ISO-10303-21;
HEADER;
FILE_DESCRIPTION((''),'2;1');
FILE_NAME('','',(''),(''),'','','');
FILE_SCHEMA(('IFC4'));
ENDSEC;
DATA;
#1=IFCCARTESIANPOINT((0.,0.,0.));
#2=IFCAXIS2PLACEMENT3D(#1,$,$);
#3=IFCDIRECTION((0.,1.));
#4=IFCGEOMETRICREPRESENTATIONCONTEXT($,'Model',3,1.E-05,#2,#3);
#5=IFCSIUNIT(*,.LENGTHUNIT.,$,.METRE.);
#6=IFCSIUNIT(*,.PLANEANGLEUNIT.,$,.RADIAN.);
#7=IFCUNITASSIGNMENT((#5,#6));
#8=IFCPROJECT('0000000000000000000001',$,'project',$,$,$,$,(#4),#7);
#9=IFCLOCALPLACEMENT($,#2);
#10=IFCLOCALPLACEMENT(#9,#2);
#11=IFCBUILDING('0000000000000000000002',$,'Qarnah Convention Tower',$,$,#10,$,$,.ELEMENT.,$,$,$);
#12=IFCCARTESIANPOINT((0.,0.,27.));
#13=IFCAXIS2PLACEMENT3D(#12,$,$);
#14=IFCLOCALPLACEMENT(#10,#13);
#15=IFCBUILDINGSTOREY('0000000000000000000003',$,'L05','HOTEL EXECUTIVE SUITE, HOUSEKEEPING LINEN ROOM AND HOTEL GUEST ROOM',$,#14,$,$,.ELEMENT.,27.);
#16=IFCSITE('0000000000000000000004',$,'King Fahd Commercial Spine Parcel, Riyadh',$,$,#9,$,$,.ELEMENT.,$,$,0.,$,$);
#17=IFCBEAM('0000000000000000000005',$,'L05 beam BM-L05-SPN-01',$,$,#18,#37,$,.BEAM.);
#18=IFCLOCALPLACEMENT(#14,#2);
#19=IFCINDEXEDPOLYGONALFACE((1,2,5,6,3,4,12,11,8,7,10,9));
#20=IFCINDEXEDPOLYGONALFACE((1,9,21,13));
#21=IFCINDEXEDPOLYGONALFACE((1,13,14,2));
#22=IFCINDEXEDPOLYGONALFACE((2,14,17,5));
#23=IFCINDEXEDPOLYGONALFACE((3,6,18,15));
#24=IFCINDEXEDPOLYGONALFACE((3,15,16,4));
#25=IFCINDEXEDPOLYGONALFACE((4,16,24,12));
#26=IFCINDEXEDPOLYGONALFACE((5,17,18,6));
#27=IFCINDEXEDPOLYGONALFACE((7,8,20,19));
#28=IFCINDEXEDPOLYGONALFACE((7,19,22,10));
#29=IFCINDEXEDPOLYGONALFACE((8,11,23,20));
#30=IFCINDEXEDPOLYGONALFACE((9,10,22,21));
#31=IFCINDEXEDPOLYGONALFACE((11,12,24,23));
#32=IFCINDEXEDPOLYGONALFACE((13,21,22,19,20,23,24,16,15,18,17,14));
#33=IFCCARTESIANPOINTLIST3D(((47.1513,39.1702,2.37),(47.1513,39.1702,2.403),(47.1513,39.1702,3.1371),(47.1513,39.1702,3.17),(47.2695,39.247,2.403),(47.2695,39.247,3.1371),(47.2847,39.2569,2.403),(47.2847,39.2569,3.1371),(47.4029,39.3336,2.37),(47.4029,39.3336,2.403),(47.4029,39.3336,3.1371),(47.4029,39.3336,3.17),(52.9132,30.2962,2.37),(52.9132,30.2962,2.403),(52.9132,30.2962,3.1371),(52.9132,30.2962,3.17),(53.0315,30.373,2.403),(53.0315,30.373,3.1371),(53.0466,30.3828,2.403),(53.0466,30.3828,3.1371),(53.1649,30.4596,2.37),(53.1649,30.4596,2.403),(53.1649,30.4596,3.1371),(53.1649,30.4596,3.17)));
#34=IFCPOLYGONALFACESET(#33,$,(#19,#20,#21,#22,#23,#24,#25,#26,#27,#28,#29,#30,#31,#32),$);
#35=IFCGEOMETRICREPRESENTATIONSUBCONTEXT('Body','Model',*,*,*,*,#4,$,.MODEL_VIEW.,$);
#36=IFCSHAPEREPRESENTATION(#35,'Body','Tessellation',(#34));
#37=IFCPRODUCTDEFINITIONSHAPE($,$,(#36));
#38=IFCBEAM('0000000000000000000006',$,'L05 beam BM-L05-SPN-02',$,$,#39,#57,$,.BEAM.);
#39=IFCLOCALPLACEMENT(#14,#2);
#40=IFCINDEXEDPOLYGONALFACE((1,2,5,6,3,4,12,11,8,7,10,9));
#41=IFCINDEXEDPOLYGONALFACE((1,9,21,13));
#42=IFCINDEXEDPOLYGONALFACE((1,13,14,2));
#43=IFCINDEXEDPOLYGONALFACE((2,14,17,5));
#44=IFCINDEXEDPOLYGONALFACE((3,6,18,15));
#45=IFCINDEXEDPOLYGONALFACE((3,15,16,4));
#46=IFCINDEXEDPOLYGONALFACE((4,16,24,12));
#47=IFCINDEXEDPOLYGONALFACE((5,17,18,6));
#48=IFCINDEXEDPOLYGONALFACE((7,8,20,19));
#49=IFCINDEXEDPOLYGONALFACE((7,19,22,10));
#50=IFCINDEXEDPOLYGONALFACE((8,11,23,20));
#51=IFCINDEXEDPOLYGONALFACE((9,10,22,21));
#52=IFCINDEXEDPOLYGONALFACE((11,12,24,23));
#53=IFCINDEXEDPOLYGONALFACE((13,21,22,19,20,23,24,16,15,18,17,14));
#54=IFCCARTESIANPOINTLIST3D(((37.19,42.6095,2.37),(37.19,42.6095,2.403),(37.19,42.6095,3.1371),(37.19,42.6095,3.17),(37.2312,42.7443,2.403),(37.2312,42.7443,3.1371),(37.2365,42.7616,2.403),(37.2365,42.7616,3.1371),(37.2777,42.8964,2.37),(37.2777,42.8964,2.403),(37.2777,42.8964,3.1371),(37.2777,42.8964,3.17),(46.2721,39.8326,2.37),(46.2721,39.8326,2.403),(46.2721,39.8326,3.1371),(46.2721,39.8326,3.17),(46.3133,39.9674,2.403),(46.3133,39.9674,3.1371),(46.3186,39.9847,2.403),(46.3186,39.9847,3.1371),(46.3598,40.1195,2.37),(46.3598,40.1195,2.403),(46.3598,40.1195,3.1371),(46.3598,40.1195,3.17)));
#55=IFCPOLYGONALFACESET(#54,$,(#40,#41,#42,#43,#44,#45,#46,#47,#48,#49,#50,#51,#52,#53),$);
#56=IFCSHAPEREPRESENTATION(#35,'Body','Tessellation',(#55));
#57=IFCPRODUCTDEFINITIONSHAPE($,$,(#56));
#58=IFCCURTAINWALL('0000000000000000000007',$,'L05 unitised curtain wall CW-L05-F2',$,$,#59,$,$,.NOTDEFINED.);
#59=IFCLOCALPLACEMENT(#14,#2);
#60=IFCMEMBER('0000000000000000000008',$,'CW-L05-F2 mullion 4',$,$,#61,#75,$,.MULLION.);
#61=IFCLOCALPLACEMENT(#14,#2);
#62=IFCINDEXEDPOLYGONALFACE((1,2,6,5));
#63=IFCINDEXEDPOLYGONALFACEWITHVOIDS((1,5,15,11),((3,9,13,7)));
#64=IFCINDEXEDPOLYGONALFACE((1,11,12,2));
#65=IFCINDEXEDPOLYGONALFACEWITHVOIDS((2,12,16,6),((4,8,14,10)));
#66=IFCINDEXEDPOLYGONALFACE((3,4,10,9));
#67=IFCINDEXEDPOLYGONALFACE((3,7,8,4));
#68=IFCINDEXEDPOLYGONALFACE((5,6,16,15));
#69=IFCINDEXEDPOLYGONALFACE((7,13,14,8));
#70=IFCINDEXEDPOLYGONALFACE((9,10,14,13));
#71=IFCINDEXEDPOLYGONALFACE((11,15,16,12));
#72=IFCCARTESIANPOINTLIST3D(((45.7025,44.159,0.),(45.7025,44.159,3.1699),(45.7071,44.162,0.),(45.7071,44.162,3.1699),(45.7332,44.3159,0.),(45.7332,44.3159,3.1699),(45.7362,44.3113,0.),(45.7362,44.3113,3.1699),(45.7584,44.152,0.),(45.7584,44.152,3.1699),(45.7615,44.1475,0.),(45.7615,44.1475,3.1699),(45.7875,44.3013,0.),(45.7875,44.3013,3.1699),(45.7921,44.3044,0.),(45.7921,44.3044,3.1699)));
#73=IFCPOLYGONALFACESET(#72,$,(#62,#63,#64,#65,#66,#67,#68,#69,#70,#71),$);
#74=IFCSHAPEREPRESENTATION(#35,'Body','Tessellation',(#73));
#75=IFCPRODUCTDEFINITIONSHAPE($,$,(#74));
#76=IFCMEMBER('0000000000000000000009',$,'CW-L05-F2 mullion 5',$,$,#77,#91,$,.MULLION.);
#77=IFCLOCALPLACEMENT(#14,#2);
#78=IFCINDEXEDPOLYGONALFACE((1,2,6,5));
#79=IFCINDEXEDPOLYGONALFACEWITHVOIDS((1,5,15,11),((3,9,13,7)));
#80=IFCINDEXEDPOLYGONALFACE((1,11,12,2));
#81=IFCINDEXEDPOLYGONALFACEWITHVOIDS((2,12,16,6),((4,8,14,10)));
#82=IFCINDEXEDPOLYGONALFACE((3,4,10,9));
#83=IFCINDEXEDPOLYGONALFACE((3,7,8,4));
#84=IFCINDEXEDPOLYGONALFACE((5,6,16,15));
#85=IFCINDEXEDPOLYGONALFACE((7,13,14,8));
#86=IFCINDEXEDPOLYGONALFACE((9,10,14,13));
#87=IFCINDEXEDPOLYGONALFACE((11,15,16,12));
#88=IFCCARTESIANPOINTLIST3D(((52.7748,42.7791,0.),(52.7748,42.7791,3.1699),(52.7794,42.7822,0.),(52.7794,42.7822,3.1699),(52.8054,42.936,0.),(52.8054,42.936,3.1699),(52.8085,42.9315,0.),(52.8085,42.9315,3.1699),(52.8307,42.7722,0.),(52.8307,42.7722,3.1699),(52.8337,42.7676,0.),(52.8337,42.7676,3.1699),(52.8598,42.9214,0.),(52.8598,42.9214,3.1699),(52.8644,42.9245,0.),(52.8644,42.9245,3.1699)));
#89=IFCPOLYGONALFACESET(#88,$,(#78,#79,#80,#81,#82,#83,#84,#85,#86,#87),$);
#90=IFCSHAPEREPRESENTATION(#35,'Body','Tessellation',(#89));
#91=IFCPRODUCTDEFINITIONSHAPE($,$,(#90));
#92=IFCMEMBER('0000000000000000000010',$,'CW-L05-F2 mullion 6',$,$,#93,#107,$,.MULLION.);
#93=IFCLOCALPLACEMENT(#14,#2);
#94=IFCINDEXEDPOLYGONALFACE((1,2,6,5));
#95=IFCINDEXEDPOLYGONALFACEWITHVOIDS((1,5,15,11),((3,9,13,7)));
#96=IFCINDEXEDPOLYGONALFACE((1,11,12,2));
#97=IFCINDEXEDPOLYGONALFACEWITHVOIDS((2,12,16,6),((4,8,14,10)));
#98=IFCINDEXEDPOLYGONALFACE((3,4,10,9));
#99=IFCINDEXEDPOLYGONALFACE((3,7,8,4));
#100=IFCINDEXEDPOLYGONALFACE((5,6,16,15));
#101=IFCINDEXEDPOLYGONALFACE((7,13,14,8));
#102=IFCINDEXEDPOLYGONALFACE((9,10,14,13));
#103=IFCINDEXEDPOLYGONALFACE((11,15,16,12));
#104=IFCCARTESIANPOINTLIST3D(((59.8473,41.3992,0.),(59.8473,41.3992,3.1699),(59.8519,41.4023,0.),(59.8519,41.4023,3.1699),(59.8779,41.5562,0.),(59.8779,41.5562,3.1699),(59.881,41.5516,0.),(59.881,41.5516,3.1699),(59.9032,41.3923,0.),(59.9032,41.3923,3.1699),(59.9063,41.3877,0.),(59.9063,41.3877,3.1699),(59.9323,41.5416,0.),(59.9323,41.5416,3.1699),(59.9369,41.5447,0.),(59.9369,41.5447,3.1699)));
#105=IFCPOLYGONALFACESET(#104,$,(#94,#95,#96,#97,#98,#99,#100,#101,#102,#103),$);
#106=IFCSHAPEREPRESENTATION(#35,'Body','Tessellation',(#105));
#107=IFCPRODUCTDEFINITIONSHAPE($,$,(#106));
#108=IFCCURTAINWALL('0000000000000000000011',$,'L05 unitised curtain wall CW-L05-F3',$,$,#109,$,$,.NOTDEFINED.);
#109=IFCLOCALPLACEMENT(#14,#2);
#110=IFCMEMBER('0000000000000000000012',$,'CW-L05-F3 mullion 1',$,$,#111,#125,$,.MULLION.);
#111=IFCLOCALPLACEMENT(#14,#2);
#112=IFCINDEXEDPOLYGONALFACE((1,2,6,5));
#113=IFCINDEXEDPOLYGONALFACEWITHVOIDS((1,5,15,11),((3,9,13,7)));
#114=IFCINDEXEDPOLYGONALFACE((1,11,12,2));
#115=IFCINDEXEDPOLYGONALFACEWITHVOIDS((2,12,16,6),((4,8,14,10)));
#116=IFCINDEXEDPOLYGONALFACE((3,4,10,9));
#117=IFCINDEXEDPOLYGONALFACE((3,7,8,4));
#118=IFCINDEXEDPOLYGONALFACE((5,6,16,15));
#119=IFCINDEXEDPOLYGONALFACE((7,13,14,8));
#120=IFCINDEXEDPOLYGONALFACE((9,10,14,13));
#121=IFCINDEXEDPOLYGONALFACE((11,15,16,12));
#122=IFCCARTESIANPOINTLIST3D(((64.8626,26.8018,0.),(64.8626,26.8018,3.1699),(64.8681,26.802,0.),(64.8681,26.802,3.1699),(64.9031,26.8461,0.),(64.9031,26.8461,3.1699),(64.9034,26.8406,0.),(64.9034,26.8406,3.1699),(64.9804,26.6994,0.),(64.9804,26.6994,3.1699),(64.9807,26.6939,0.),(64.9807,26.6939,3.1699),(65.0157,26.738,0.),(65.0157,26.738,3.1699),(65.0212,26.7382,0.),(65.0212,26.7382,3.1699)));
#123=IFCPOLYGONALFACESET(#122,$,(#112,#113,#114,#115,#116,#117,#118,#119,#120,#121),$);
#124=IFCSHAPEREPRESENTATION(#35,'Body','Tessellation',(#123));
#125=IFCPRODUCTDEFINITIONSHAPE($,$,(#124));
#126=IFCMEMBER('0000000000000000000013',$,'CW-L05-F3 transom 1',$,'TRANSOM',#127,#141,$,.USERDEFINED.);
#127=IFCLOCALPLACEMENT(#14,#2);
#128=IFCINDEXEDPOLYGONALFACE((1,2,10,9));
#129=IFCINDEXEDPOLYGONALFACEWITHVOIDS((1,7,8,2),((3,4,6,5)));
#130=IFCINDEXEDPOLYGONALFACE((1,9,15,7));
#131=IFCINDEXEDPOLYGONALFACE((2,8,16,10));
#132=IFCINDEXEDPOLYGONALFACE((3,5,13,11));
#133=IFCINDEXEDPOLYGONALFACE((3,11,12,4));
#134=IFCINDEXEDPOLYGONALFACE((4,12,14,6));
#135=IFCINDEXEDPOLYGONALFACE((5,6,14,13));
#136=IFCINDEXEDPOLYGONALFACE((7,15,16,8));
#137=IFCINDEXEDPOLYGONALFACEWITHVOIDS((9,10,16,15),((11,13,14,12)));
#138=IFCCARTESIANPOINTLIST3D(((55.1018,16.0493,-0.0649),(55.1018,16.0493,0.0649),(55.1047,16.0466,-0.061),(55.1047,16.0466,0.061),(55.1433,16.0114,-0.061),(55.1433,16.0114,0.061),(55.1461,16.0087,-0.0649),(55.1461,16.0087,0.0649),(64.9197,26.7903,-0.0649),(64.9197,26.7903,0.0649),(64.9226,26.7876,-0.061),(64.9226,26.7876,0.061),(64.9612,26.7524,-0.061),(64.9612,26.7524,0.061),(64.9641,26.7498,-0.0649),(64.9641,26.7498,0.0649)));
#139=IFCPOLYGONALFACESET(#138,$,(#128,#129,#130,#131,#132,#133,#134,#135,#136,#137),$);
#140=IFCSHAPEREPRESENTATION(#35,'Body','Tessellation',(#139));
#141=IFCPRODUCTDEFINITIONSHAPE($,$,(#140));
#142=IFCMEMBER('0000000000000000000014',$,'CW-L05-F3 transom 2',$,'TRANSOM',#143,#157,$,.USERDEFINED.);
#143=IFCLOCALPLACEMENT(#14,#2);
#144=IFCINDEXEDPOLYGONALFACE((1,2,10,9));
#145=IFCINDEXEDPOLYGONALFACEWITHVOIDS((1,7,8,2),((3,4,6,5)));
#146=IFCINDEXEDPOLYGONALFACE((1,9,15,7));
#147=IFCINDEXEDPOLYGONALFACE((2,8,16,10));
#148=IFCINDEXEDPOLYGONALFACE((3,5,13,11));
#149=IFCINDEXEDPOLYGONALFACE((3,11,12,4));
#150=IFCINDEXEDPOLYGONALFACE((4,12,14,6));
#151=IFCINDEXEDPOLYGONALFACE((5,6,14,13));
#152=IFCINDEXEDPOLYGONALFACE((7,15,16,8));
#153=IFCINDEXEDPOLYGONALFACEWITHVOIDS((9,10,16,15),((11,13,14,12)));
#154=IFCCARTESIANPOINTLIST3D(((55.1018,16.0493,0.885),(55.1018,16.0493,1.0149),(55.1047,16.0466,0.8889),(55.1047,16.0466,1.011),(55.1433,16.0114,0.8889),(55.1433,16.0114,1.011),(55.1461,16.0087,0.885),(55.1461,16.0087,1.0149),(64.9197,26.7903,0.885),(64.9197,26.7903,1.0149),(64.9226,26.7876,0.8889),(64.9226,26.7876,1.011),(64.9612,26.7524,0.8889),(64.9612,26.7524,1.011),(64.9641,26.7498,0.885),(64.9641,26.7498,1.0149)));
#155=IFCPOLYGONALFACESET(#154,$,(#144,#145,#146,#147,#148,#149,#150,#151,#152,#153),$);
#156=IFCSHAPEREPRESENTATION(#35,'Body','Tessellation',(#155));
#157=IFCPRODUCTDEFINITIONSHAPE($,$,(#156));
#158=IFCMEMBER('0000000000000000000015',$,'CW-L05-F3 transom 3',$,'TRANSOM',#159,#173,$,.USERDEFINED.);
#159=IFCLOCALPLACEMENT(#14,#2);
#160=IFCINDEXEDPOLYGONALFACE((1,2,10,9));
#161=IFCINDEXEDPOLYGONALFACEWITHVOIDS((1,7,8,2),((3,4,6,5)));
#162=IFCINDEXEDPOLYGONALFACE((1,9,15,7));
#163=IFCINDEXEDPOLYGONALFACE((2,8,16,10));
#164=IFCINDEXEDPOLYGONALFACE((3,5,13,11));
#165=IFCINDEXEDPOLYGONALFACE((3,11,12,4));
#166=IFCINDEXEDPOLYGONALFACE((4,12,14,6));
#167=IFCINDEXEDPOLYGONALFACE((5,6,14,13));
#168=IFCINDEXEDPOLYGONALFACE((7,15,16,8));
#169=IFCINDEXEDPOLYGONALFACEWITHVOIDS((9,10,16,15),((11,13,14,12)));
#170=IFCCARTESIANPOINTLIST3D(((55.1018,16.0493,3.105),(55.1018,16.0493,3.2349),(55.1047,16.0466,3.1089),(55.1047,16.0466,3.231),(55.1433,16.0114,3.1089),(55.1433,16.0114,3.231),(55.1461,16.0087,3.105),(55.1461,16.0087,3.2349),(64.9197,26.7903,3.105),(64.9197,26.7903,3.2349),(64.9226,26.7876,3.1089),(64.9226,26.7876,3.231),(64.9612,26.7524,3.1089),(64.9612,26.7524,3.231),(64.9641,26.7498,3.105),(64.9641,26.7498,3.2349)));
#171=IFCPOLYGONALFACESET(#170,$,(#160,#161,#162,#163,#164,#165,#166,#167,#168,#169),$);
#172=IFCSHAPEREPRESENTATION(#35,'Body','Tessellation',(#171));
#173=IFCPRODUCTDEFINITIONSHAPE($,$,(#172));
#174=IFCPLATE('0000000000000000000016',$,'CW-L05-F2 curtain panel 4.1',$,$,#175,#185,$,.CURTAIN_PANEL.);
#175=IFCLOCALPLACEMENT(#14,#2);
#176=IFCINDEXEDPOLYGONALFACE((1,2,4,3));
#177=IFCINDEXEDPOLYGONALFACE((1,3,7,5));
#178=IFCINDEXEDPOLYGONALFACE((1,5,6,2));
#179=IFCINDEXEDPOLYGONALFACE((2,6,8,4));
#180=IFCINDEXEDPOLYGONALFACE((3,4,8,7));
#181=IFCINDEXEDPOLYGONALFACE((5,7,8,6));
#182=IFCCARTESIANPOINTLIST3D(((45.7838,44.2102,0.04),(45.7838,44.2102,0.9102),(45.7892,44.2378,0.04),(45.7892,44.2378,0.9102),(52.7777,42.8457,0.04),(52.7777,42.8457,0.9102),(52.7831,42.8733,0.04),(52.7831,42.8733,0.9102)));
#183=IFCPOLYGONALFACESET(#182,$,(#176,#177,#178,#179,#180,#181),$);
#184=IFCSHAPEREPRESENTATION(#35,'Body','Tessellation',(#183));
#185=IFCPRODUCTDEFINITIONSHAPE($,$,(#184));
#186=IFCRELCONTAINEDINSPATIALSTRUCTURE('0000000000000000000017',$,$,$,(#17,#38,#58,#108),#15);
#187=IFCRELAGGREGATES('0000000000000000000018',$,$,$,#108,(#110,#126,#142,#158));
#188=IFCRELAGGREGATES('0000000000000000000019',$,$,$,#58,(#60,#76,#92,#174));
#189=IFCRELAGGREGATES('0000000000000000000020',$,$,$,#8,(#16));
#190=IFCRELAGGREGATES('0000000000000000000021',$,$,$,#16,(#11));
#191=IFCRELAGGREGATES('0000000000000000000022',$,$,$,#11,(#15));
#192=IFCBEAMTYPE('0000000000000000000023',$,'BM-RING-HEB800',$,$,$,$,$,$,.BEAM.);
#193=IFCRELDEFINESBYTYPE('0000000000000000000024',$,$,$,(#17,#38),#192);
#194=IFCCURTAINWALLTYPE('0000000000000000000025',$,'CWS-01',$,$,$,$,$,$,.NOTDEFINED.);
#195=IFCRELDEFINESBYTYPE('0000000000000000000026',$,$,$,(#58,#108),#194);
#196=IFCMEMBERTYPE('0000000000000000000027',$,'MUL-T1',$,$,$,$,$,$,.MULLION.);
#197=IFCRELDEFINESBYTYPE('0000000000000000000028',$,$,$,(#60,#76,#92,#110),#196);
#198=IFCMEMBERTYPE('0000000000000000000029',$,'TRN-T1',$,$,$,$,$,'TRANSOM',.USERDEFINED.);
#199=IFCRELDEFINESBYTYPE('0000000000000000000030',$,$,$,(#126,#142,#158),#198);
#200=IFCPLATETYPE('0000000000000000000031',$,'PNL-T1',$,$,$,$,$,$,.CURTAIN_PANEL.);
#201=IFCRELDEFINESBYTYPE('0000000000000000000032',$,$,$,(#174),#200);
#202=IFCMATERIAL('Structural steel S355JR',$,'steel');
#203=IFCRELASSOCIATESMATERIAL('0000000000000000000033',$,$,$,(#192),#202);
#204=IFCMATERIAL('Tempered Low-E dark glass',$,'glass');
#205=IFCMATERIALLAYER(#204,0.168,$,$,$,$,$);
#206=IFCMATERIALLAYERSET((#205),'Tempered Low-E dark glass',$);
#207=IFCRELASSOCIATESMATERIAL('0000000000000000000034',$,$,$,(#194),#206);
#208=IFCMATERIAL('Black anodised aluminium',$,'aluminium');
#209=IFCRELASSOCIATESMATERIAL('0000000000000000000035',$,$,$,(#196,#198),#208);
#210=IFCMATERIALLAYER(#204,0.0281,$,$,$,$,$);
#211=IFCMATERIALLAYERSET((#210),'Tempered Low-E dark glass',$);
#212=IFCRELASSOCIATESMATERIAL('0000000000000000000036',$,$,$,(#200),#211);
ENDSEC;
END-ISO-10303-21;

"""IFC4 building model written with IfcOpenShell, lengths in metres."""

from ifc_helpers import new_model, si_unit, direction, frame, origin, origin_2d, place, context, subcontext, project, spatial, rectangle, hollow_rectangle, i_section, extrude, material, layer, layer_set, material_profile, profile_set, type_object, element, aggregate, save


model = new_model("IFC4")

# Units and contexts
model_context = context("Model", 3, precision=1e-05, world=origin(), true_north=direction((0.0, 1.0)))
body_context = subcontext(model_context, "Body", "Model", "MODEL_VIEW")
ifc_project = project(units=[si_unit("LENGTHUNIT", "METRE"), si_unit("PLANEANGLEUNIT", "RADIAN")], contexts=[model_context])

# Site, building, storey
site_placement = place(None, origin())
site = spatial("IfcSite", under=ifc_project, at=site_placement, Name="King Fahd Commercial Spine Parcel, Riyadh", CompositionType="ELEMENT", RefElevation=0.0)
building_placement = place(site_placement, origin())
building = spatial("IfcBuilding", under=site, at=building_placement, Name="Qarnah Convention Tower", CompositionType="ELEMENT")
storey_placement = place(building_placement, frame((0.0, 0.0, 27.0)))
storey = spatial("IfcBuildingStorey", under=building, at=storey_placement, Name="L05", Description="HOTEL EXECUTIVE SUITE, HOUSEKEEPING LINEN ROOM AND HOTEL GUEST ROOM", CompositionType="ELEMENT", Elevation=27.0)

# Beams
ifc_material_1 = material(Name="Structural steel S355JR", Category="steel")
ifc_material_profile_1 = material_profile(ifc_material_1, i_section(OverallWidth=0.3, OverallDepth=0.8, WebThickness=0.0181, FlangeThickness=0.033, at=origin_2d()), Name="HEB800")
ifc_profile_set_1 = profile_set([ifc_material_profile_1], Name="Structural steel S355JR")
beam_type_1 = type_object("IfcBeamType", Name="BM-RING-HEB800", PredefinedType="BEAM", material=ifc_profile_set_1)
beam_1_placement = place(storey_placement, frame((53.0391, 30.3779, 2.77), z_axis=(-0.54458, 0.838709, 0.0), x_axis=(-0.838709, -0.54458, 0.0)))
element("IfcBeam", 1, at=beam_1_placement, inside=storey, type_object=beam_type_1, Name="L05 beam BM-L05-SPN-01", PredefinedType="BEAM", context=body_context, shape_type="SweptSolid", body=[
    extrude(i_section(OverallWidth=0.3, OverallDepth=0.8, WebThickness=0.0181, FlangeThickness=0.033, at=origin_2d()), origin(), (0.0, 0.0, 1.0), 10.5806),
])
beam_2_placement = place(storey_placement, frame((46.3159, 39.9761, 2.77), z_axis=(-0.956299, 0.292391, 0.0), x_axis=(-0.292391, -0.956299, 0.0)))
element("IfcBeam", 2, at=beam_2_placement, inside=storey, type_object=beam_type_1, Name="L05 beam BM-L05-SPN-02", PredefinedType="BEAM", context=body_context, shape_type="SweptSolid", body=[
    extrude(i_section(OverallWidth=0.3, OverallDepth=0.8, WebThickness=0.0181, FlangeThickness=0.033, at=origin_2d()), origin(), (0.0, 0.0, 1.0), 9.4971),
])

# Curtain walls, members
ifc_material_2 = material(Name="Tempered Low-E dark glass", Category="glass")
ifc_layer_1 = layer(ifc_material_2, 0.168)
ifc_layer_set_1 = layer_set([ifc_layer_1], Name="Tempered Low-E dark glass")
curtain_wall_type = type_object("IfcCurtainWallType", Name="CWS-01", PredefinedType="NOTDEFINED", material=ifc_layer_set_1)
curtain_wall_1_placement = place(storey_placement, origin())
curtain_wall_1 = element("IfcCurtainWall", 3, at=curtain_wall_1_placement, inside=storey, type_object=curtain_wall_type, Name="L05 unitised curtain wall CW-L05-F2", PredefinedType="NOTDEFINED")
ifc_material_3 = material(Name="Black anodised aluminium", Category="aluminium")
ifc_material_profile_2 = material_profile(ifc_material_3, hollow_rectangle(XDim=0.0601, YDim=0.1599, WallThickness=0.0039, at=origin_2d()), Name="MUL-60X160")
ifc_profile_set_2 = profile_set([ifc_material_profile_2], Name="Black anodised aluminium")
member_type_1 = type_object("IfcMemberType", Name="MUL-T1", PredefinedType="MULLION", material=ifc_profile_set_2)
member_1_placement = place(storey_placement, frame((45.7473, 44.2317, 0.0), z_axis=(0.0, 0.0, 1.0), x_axis=(0.981495, -0.191486, 0.0)))
member_1 = element("IfcMember", 4, at=member_1_placement, type_object=member_type_1, Name="CW-L05-F2 mullion 4", PredefinedType="MULLION", context=body_context, shape_type="SweptSolid", body=[
    extrude(hollow_rectangle(XDim=0.0601, YDim=0.1599, WallThickness=0.0039, at=origin_2d()), origin(), (0.0, 0.0, 1.0), 3.1699),
])
member_2_placement = place(storey_placement, frame((52.8196, 42.8518, 0.0), z_axis=(0.0, 0.0, 1.0), x_axis=(0.981495, -0.191486, 0.0)))
member_2 = element("IfcMember", 5, at=member_2_placement, type_object=member_type_1, Name="CW-L05-F2 mullion 5", PredefinedType="MULLION", context=body_context, shape_type="SweptSolid", body=[
    extrude(hollow_rectangle(XDim=0.0601, YDim=0.1599, WallThickness=0.0039, at=origin_2d()), origin(), (0.0, 0.0, 1.0), 3.1699),
])
member_3_placement = place(storey_placement, frame((59.8921, 41.4719, 0.0), z_axis=(0.0, 0.0, 1.0), x_axis=(0.981495, -0.191486, 0.0)))
member_3 = element("IfcMember", 6, at=member_3_placement, type_object=member_type_1, Name="CW-L05-F2 mullion 6", PredefinedType="MULLION", context=body_context, shape_type="SweptSolid", body=[
    extrude(hollow_rectangle(XDim=0.0601, YDim=0.1599, WallThickness=0.0039, at=origin_2d()), origin(), (0.0, 0.0, 1.0), 3.1699),
])
curtain_wall_2_placement = place(storey_placement, origin())
curtain_wall_2 = element("IfcCurtainWall", 7, at=curtain_wall_2_placement, inside=storey, type_object=curtain_wall_type, Name="L05 unitised curtain wall CW-L05-F3", PredefinedType="NOTDEFINED")
member_4_placement = place(storey_placement, frame((64.9419, 26.77, 0.0), z_axis=(0.0, 0.0, 1.0), x_axis=(-0.674682, -0.738109, 0.0)))
member_4 = element("IfcMember", 8, at=member_4_placement, type_object=member_type_1, Name="CW-L05-F3 mullion 1", PredefinedType="MULLION", context=body_context, shape_type="SweptSolid", body=[
    extrude(hollow_rectangle(XDim=0.0601, YDim=0.1599, WallThickness=0.0039, at=origin_2d()), origin(), (0.0, 0.0, 1.0), 3.1699),
])
ifc_material_profile_3 = material_profile(ifc_material_3, hollow_rectangle(XDim=0.0601, YDim=0.1299, WallThickness=0.0039, at=origin_2d()), Name="TRN-60X130")
ifc_profile_set_3 = profile_set([ifc_material_profile_3], Name="Black anodised aluminium")
member_type_2 = type_object("IfcMemberType", Name="TRN-T1", ElementType="TRANSOM", PredefinedType="USERDEFINED", material=ifc_profile_set_3)
member_5_placement = place(storey_placement, frame((64.9419, 26.77, 0.0), z_axis=(-0.674678, -0.738112, 0.0), x_axis=(0.738112, -0.674678, 0.0)))
member_5 = element("IfcMember", 9, at=member_5_placement, type_object=member_type_2, Name="CW-L05-F3 transom 1", ObjectType="TRANSOM", PredefinedType="USERDEFINED", context=body_context, shape_type="SweptSolid", body=[
    extrude(hollow_rectangle(XDim=0.0601, YDim=0.1299, WallThickness=0.0039, at=origin_2d()), origin(), (0.0, 0.0, 1.0), 14.552),
])
member_6_placement = place(storey_placement, frame((64.9419, 26.77, 0.95), z_axis=(-0.674678, -0.738112, 0.0), x_axis=(0.738112, -0.674678, 0.0)))
member_6 = element("IfcMember", 10, at=member_6_placement, type_object=member_type_2, Name="CW-L05-F3 transom 2", ObjectType="TRANSOM", PredefinedType="USERDEFINED", context=body_context, shape_type="SweptSolid", body=[
    extrude(hollow_rectangle(XDim=0.0601, YDim=0.1299, WallThickness=0.0039, at=origin_2d()), origin(), (0.0, 0.0, 1.0), 14.552),
])
member_7_placement = place(storey_placement, frame((64.9419, 26.77, 3.1699), z_axis=(-0.674678, -0.738112, 0.0), x_axis=(0.738112, -0.674678, 0.0)))
member_7 = element("IfcMember", 11, at=member_7_placement, type_object=member_type_2, Name="CW-L05-F3 transom 3", ObjectType="TRANSOM", PredefinedType="USERDEFINED", context=body_context, shape_type="SweptSolid", body=[
    extrude(hollow_rectangle(XDim=0.0601, YDim=0.1299, WallThickness=0.0039, at=origin_2d()), origin(), (0.0, 0.0, 1.0), 14.552),
])
aggregate(curtain_wall_2, [member_4, member_5, member_6, member_7])

# Plate
ifc_layer_2 = layer(ifc_material_2, 0.0281)
ifc_layer_set_2 = layer_set([ifc_layer_2], Name="Tempered Low-E dark glass")
plate_type_1 = type_object("IfcPlateType", Name="PNL-T1", PredefinedType="CURTAIN_PANEL", material=ifc_layer_set_2)
plate_1_placement = place(storey_placement, frame((49.2834, 43.5417, 0.04), z_axis=(0.0, 0.0, 1.0), x_axis=(0.981495, -0.191486, 0.0)))
plate_1 = element("IfcPlate", 12, at=plate_1_placement, type_object=plate_type_1, Name="CW-L05-F2 curtain panel 4.1", PredefinedType="CURTAIN_PANEL", context=body_context, shape_type="SweptSolid", body=[
    extrude(rectangle(XDim=7.1257, YDim=0.0281, at=origin_2d()), origin(), (0.0, 0.0, 1.0), 0.8701),
])
aggregate(curtain_wall_1, [member_1, member_2, member_3, plate_1])

save(model, "model.ifc")
